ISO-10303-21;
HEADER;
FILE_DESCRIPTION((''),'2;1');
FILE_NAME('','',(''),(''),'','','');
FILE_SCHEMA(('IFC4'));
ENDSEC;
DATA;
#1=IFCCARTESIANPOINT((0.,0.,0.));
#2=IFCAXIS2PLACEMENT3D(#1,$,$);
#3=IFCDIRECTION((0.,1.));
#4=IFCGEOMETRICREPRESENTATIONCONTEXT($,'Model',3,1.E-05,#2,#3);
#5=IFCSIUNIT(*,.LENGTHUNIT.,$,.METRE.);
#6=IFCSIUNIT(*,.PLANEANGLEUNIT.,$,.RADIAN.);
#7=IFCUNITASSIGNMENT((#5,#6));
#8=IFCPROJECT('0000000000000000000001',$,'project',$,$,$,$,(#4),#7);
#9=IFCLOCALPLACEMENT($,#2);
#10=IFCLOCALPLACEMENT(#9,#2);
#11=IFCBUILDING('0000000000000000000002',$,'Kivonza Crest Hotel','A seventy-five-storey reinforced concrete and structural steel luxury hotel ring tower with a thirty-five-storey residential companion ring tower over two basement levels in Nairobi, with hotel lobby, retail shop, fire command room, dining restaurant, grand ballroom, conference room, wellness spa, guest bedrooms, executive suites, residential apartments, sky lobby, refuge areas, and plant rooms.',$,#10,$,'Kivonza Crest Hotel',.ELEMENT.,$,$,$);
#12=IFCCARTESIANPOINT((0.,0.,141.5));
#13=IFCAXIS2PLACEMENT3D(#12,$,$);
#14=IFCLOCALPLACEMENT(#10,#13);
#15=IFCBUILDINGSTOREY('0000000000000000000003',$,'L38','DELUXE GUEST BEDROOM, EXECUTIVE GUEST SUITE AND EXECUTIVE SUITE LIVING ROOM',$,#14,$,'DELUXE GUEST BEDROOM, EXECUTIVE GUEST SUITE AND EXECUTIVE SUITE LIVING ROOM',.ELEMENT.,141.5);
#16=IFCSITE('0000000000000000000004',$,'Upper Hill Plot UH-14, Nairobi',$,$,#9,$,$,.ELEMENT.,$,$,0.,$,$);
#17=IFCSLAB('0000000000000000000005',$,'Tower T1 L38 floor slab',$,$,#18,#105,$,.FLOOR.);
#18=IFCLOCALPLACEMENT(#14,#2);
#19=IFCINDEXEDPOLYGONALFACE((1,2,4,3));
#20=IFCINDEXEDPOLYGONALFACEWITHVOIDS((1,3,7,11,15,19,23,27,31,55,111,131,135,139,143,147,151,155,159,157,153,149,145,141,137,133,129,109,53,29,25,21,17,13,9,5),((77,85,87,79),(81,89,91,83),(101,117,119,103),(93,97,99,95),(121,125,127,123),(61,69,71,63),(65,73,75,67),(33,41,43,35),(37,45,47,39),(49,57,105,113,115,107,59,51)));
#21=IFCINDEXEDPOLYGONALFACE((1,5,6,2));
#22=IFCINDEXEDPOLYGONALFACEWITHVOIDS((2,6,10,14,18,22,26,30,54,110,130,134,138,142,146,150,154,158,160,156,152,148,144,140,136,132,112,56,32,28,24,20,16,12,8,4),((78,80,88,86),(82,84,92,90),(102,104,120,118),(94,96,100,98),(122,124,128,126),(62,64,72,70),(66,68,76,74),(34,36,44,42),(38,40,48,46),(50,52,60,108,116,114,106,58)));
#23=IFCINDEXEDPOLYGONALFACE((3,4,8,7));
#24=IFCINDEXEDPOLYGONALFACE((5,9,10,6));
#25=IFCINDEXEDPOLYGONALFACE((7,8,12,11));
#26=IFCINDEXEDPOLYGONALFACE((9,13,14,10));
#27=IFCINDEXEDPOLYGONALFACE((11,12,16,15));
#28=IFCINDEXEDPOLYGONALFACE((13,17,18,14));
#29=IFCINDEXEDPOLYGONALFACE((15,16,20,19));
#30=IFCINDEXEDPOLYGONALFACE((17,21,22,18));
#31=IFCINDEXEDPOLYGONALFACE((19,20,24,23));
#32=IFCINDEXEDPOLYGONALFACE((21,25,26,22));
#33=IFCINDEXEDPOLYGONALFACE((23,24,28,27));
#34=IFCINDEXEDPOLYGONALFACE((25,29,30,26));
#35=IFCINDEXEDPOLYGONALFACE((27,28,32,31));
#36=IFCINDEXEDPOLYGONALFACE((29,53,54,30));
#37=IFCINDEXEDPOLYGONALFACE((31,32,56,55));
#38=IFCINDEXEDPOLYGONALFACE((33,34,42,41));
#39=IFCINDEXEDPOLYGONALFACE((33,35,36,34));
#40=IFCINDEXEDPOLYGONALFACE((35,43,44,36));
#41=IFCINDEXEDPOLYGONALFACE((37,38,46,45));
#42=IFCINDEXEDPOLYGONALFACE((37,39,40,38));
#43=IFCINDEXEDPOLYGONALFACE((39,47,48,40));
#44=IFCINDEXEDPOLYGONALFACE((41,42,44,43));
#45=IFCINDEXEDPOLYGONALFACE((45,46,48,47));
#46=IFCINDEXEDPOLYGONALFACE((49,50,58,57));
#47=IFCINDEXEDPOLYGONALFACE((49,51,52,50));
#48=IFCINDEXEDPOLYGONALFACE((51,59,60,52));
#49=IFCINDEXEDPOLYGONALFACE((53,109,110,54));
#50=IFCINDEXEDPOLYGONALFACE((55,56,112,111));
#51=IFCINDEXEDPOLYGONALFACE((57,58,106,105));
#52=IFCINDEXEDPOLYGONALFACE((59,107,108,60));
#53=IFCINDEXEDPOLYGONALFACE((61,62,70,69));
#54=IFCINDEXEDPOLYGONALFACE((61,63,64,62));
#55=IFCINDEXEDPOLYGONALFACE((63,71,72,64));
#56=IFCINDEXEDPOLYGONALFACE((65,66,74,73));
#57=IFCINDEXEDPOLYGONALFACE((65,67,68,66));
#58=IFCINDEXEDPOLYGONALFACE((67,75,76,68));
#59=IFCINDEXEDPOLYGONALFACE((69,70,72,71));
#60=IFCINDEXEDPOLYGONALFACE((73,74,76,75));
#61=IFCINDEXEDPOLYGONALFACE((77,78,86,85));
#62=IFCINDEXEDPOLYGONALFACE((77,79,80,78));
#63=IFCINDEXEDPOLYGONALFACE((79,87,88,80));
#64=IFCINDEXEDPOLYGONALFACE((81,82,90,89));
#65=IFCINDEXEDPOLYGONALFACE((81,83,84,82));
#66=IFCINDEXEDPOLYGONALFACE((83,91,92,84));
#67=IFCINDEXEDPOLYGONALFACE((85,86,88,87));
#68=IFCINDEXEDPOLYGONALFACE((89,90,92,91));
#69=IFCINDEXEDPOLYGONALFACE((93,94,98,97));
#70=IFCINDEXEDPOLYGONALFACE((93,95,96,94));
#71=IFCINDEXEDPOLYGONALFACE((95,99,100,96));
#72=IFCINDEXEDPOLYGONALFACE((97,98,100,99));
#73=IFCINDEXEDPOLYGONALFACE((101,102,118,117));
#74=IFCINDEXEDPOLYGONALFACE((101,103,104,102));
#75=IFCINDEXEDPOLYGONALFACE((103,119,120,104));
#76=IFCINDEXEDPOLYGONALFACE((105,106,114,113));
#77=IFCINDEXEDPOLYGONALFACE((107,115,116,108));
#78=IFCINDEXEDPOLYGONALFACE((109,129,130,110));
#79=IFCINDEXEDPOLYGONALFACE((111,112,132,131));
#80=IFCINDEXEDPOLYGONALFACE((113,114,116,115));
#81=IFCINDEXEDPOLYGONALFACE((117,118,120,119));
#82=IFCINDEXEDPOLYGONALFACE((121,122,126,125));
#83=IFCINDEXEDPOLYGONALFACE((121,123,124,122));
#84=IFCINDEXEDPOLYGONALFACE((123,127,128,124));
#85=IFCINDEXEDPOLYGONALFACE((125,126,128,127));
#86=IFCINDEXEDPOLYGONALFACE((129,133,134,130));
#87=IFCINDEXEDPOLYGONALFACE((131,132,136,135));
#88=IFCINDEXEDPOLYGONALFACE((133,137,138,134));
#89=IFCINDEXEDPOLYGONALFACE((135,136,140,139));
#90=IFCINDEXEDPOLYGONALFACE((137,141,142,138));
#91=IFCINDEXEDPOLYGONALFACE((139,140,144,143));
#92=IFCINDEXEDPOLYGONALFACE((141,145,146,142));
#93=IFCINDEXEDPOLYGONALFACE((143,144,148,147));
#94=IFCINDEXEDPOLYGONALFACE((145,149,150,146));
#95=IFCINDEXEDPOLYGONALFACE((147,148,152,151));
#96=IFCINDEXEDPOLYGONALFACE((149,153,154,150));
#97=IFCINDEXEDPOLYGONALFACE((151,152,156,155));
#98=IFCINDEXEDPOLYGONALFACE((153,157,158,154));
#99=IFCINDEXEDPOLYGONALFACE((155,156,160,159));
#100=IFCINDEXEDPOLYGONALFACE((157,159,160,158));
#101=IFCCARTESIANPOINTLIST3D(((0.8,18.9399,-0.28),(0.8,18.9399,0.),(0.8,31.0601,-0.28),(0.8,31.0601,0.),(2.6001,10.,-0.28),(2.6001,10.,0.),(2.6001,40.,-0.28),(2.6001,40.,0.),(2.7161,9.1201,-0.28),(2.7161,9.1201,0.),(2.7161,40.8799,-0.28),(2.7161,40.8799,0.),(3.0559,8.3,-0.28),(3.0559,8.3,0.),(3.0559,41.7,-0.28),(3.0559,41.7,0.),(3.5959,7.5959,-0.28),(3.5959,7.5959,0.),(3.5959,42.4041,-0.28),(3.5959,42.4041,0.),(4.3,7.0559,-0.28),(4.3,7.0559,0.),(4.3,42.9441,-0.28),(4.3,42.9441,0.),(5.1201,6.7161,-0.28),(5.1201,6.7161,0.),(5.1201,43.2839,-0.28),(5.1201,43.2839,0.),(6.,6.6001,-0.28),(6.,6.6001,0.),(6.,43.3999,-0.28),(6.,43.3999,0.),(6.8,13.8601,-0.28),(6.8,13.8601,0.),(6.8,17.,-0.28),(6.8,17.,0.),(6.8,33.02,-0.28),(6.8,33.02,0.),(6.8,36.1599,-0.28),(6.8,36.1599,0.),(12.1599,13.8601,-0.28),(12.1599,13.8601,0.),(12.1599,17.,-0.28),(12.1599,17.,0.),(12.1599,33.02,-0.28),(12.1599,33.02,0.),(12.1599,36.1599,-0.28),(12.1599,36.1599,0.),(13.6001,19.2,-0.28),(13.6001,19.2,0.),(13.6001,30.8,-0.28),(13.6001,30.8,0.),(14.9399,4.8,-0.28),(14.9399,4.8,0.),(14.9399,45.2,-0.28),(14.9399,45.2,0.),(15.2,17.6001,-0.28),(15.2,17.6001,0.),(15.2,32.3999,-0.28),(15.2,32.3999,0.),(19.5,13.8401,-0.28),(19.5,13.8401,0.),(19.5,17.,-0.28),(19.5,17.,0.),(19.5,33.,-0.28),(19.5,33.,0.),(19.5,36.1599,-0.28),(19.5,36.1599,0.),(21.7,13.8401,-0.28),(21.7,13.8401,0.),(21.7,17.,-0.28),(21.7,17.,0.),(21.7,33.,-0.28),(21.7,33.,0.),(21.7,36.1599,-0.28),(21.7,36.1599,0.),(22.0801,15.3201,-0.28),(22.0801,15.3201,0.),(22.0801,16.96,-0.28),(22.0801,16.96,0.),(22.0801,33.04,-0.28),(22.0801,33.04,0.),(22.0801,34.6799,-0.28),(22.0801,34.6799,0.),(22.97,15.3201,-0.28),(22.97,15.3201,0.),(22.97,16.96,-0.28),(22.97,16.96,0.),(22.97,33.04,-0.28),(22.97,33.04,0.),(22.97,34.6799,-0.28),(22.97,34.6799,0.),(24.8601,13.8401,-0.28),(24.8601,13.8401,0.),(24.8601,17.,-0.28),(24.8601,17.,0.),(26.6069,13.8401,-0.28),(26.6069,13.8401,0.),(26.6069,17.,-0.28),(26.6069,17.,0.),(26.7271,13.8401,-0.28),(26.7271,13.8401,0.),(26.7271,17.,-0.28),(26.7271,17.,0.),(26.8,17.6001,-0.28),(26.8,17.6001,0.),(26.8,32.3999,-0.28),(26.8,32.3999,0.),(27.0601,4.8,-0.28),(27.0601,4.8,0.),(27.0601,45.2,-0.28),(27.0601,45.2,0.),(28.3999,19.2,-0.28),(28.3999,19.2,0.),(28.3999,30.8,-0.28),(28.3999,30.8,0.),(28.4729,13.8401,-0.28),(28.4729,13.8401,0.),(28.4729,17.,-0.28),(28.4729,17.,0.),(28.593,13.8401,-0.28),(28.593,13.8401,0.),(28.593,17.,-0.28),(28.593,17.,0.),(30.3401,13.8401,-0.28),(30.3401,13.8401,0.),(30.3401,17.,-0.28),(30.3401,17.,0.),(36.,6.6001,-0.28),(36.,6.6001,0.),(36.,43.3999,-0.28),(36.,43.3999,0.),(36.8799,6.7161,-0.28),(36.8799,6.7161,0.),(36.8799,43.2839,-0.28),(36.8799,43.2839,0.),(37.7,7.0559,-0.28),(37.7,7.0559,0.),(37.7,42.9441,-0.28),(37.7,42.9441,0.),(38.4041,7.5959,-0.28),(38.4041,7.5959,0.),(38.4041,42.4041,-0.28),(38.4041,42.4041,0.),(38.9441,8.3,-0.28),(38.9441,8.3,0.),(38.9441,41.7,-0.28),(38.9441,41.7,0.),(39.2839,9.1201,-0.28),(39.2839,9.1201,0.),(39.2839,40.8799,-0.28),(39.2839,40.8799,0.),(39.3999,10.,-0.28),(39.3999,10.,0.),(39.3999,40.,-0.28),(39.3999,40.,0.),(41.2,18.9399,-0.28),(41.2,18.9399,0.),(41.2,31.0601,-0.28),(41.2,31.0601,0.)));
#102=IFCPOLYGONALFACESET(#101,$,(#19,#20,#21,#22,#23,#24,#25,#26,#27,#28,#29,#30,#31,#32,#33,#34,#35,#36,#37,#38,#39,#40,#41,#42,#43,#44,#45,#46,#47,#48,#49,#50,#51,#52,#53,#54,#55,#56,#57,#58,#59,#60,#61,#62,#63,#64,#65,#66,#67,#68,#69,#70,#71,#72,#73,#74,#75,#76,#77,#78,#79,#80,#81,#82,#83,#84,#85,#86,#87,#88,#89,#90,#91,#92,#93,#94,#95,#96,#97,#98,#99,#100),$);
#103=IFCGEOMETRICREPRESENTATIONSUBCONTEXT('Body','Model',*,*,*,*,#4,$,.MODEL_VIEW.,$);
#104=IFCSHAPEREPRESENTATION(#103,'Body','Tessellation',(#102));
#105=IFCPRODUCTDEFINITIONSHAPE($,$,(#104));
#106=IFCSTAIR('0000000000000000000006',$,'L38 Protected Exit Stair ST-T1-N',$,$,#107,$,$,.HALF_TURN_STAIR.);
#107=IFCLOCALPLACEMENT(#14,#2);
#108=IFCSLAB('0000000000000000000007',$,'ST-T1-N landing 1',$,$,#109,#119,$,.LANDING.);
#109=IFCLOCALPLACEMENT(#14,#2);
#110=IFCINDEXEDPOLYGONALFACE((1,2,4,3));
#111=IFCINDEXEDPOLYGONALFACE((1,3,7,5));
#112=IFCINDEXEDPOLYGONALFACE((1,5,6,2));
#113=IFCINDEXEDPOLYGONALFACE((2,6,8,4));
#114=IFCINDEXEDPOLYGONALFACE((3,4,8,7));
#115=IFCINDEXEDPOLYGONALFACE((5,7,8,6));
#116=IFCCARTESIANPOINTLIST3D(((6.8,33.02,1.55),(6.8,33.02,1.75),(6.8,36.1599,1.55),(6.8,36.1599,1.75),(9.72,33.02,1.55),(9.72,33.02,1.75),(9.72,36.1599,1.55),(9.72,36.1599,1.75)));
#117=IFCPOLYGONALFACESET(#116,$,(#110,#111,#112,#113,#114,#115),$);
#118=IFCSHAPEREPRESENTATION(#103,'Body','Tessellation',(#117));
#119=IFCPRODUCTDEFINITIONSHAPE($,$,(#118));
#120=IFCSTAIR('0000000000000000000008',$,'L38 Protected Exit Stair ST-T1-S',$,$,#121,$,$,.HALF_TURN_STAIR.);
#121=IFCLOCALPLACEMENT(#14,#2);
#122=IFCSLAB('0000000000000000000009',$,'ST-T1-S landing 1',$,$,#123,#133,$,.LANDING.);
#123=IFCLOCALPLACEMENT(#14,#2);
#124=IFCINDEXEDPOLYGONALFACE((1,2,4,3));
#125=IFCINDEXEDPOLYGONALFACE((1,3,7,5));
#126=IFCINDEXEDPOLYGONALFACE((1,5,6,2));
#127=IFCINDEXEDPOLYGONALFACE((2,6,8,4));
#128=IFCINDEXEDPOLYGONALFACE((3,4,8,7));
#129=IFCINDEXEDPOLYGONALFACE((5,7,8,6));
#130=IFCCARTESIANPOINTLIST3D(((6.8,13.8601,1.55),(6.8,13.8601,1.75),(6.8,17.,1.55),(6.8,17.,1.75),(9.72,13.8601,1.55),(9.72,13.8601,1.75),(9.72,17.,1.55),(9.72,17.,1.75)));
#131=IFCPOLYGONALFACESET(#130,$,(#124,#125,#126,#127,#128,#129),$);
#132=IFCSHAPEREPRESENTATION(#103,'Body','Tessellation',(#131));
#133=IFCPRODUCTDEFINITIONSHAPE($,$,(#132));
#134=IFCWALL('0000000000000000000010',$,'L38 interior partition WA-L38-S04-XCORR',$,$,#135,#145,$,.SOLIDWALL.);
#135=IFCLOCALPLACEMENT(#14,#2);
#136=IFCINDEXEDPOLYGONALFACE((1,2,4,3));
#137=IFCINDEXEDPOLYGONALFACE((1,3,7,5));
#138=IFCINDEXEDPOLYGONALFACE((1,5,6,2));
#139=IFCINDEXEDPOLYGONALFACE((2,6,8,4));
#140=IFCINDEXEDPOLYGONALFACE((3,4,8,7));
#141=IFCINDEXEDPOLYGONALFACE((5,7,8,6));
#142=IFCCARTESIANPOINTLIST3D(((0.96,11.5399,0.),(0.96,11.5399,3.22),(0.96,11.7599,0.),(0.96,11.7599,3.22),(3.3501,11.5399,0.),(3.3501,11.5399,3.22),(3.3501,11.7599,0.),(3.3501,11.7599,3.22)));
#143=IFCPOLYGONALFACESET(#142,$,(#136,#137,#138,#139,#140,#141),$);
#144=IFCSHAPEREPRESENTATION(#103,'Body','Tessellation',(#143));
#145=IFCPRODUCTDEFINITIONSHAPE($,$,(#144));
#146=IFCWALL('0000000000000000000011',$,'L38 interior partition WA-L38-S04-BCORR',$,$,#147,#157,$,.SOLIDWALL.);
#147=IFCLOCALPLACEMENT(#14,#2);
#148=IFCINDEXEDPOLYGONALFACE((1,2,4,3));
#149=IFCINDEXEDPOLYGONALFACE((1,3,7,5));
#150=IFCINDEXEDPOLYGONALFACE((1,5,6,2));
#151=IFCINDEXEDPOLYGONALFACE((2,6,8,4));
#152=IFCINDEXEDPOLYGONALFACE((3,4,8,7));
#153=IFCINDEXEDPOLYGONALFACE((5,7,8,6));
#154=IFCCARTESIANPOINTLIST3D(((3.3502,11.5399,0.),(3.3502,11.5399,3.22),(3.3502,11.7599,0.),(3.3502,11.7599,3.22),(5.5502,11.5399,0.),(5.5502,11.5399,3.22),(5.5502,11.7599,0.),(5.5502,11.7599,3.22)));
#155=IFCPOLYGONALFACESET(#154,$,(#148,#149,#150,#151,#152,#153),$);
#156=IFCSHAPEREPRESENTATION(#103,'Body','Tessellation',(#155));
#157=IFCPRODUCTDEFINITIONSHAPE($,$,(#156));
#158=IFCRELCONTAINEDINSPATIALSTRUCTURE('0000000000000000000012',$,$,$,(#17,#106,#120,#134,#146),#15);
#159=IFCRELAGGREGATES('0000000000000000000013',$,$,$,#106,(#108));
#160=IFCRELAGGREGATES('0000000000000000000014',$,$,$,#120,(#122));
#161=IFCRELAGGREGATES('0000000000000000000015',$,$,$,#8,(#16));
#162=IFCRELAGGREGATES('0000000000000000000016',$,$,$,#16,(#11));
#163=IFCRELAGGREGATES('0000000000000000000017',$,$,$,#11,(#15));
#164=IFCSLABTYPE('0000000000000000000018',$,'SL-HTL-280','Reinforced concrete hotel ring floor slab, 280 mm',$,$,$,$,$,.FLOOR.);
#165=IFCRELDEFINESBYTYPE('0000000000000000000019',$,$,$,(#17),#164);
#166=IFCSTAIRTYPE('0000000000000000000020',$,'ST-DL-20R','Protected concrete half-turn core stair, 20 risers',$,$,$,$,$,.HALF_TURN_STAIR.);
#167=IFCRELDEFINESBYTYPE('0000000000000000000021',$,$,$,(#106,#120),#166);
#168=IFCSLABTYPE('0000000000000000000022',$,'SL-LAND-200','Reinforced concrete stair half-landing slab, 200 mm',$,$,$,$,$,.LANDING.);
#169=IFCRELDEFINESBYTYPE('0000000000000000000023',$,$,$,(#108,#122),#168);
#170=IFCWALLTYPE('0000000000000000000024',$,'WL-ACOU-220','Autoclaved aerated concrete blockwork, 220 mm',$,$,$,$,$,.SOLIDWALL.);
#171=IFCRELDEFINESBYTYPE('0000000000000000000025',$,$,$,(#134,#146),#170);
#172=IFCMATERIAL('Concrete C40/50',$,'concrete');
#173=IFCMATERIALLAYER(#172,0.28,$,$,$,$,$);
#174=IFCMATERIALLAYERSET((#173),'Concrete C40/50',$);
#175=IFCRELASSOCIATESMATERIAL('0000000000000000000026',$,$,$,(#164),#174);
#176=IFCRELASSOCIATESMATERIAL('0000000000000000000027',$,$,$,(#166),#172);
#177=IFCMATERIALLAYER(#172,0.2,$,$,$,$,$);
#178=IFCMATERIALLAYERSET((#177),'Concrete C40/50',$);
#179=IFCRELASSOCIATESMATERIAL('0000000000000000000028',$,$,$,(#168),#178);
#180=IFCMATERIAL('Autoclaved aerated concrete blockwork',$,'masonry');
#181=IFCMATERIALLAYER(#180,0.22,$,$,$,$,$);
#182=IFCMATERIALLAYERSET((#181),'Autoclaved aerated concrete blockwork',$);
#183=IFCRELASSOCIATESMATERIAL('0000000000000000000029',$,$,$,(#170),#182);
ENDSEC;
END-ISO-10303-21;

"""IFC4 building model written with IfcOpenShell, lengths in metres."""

from ifc_helpers import new_model, si_unit, direction, frame, frame_2d, origin, place, context, subcontext, project, spatial, polyline, rectangle, outline, extrude, material, layer, layer_set, type_object, element, aggregate, save


model = new_model("IFC4")

# Units and contexts
model_context = context("Model", 3, precision=1e-05, world=origin(), true_north=direction((0.0, 1.0)))
body_context = subcontext(model_context, "Body", "Model", "MODEL_VIEW")
ifc_project = project(units=[si_unit("LENGTHUNIT", "METRE"), si_unit("PLANEANGLEUNIT", "RADIAN")], contexts=[model_context])

# Site, building, storey
site_placement = place(None, origin())
site = spatial("IfcSite", under=ifc_project, at=site_placement, Name="Upper Hill Plot UH-14, Nairobi", CompositionType="ELEMENT", RefElevation=0.0)
building_placement = place(site_placement, origin())
building = spatial("IfcBuilding", under=site, at=building_placement, Name="Kivonza Crest Hotel", Description="A seventy-five-storey reinforced concrete and structural steel luxury hotel ring tower with a thirty-five-storey residential companion ring tower over two basement levels in Nairobi, with hotel lobby, retail shop, fire command room, dining restaurant, grand ballroom, conference room, wellness spa, guest bedrooms, executive suites, residential apartments, sky lobby, refuge areas, and plant rooms.", LongName="Kivonza Crest Hotel", CompositionType="ELEMENT")
storey_placement = place(building_placement, frame((0.0, 0.0, 141.5)))
storey = spatial("IfcBuildingStorey", under=building, at=storey_placement, Name="L38", Description="DELUXE GUEST BEDROOM, EXECUTIVE GUEST SUITE AND EXECUTIVE SUITE LIVING ROOM", LongName="DELUXE GUEST BEDROOM, EXECUTIVE GUEST SUITE AND EXECUTIVE SUITE LIVING ROOM", CompositionType="ELEMENT", Elevation=141.5)

# Slab
ifc_material_1 = material(Name="Concrete C40/50", Category="concrete")
ifc_layer_1 = layer(ifc_material_1, 0.28)
ifc_layer_set_1 = layer_set([ifc_layer_1], Name="Concrete C40/50")
slab_type_1 = type_object("IfcSlabType", Name="SL-HTL-280", Description="Reinforced concrete hotel ring floor slab, 280 mm", PredefinedType="FLOOR", material=ifc_layer_set_1)
slab_1_placement = place(storey_placement, frame((0.0, 0.0, -0.28)))
element("IfcSlab", 1, at=slab_1_placement, inside=storey, type_object=slab_type_1, Name="Tower T1 L38 floor slab", PredefinedType="FLOOR", context=body_context, shape_type="SweptSolid", body=[
    extrude(outline(polyline([(2.6001, 10.0), (2.7161, 9.1201), (3.0559, 8.3), (3.5959, 7.5959), (4.3, 7.0559), (5.1201, 6.7161), (6.0, 6.6001), (14.9399, 4.8), (27.0601, 4.8), (36.0, 6.6001), (36.8799, 6.7161), (37.7, 7.0559), (38.4041, 7.5959), (38.9441, 8.3), (39.2839, 9.1201), (39.3999, 10.0), (41.2, 18.9399), (41.2, 31.0601), (39.3999, 40.0), (39.2839, 40.8799), (38.9441, 41.7), (38.4041, 42.4041), (37.7, 42.9441), (36.8799, 43.2839), (36.0, 43.3999), (27.0601, 45.2), (14.9399, 45.2), (6.0, 43.3999), (5.1201, 43.2839), (4.3, 42.9441), (3.5959, 42.4041), (3.0559, 41.7), (2.7161, 40.8799), (2.6001, 40.0), (0.8, 31.0601), (0.8, 18.9399), (2.6001, 10.0)]), holes=[polyline([(15.2, 17.6001), (26.8, 17.6001), (28.3999, 19.2), (28.3999, 30.8), (26.8, 32.3999), (15.2, 32.3999), (13.6001, 30.8), (13.6001, 19.2), (15.2, 17.6001)]), polyline([(6.8, 33.02), (12.1599, 33.02), (12.1599, 36.1599), (6.8, 36.1599), (6.8, 33.02)]), polyline([(6.8, 13.8601), (12.1599, 13.8601), (12.1599, 17.0), (6.8, 17.0), (6.8, 13.8601)]), polyline([(22.0801, 33.04), (22.97, 33.04), (22.97, 34.6799), (22.0801, 34.6799), (22.0801, 33.04)]), polyline([(22.0801, 15.3201), (22.97, 15.3201), (22.97, 16.96), (22.0801, 16.96), (22.0801, 15.3201)]), polyline([(19.5, 33.0), (21.7, 33.0), (21.7, 36.1599), (19.5, 36.1599), (19.5, 33.0)]), polyline([(19.5, 13.8401), (21.7, 13.8401), (21.7, 17.0), (19.5, 17.0), (19.5, 13.8401)]), polyline([(24.8601, 13.8401), (26.6069, 13.8401), (26.6069, 17.0), (24.8601, 17.0), (24.8601, 13.8401)]), polyline([(26.7271, 13.8401), (28.4729, 13.8401), (28.4729, 17.0), (26.7271, 17.0), (26.7271, 13.8401)]), polyline([(28.593, 13.8401), (30.3401, 13.8401), (30.3401, 17.0), (28.593, 17.0), (28.593, 13.8401)])]), origin(), (0.0, 0.0, 1.0), 0.28),
])

# Stairs, slabs
stair_type = type_object("IfcStairType", Name="ST-DL-20R", Description="Protected concrete half-turn core stair, 20 risers", PredefinedType="HALF_TURN_STAIR", material=ifc_material_1)
stair_1_placement = place(storey_placement, origin())
stair_1 = element("IfcStair", 2, at=stair_1_placement, inside=storey, type_object=stair_type, Name="L38 Protected Exit Stair ST-T1-N", PredefinedType="HALF_TURN_STAIR")
ifc_layer_2 = layer(ifc_material_1, 0.2)
ifc_layer_set_2 = layer_set([ifc_layer_2], Name="Concrete C40/50")
slab_type_2 = type_object("IfcSlabType", Name="SL-LAND-200", Description="Reinforced concrete stair half-landing slab, 200 mm", PredefinedType="LANDING", material=ifc_layer_set_2)
slab_2_placement = place(storey_placement, frame((0.0, 0.0, 1.55)))
slab_2 = element("IfcSlab", 3, at=slab_2_placement, type_object=slab_type_2, Name="ST-T1-N landing 1", PredefinedType="LANDING", context=body_context, shape_type="SweptSolid", body=[
    extrude(outline(polyline([(9.72, 36.1599), (6.8, 36.1599), (6.8, 33.02), (9.72, 33.02), (9.72, 36.1599)])), origin(), (0.0, 0.0, 1.0), 0.2),
])
aggregate(stair_1, [slab_2])
stair_2_placement = place(storey_placement, origin())
stair_2 = element("IfcStair", 4, at=stair_2_placement, inside=storey, type_object=stair_type, Name="L38 Protected Exit Stair ST-T1-S", PredefinedType="HALF_TURN_STAIR")
slab_3_placement = place(storey_placement, frame((0.0, 0.0, 1.55)))
slab_3 = element("IfcSlab", 5, at=slab_3_placement, type_object=slab_type_2, Name="ST-T1-S landing 1", PredefinedType="LANDING", context=body_context, shape_type="SweptSolid", body=[
    extrude(outline(polyline([(9.72, 17.0), (6.8, 17.0), (6.8, 13.8601), (9.72, 13.8601), (9.72, 17.0)])), origin(), (0.0, 0.0, 1.0), 0.2),
])
aggregate(stair_2, [slab_3])

# Walls
ifc_material_2 = material(Name="Autoclaved aerated concrete blockwork", Category="masonry")
ifc_layer_3 = layer(ifc_material_2, 0.22)
ifc_layer_set_3 = layer_set([ifc_layer_3], Name="Autoclaved aerated concrete blockwork")
wall_type_1 = type_object("IfcWallType", Name="WL-ACOU-220", Description="Autoclaved aerated concrete blockwork, 220 mm", PredefinedType="SOLIDWALL", material=ifc_layer_set_3)
wall_1_placement = place(storey_placement, frame((0.96, 11.6499, 0.0), z_axis=(0.0, 0.0, 1.0), x_axis=(1.0, 0.0, 0.0)))
element("IfcWall", 6, at=wall_1_placement, inside=storey, type_object=wall_type_1, Name="L38 interior partition WA-L38-S04-XCORR", PredefinedType="SOLIDWALL", context=body_context, shape_type="SweptSolid", body=[
    extrude(rectangle(XDim=2.3901, YDim=0.22, at=frame_2d((1.1951, 0.0))), origin(), (0.0, 0.0, 1.0), 3.22),
])
wall_2_placement = place(storey_placement, frame((3.3501, 11.6499, 0.0), z_axis=(0.0, 0.0, 1.0), x_axis=(1.0, 0.0, 0.0)))
element("IfcWall", 7, at=wall_2_placement, inside=storey, type_object=wall_type_1, Name="L38 interior partition WA-L38-S04-BCORR", PredefinedType="SOLIDWALL", context=body_context, shape_type="SweptSolid", body=[
    extrude(rectangle(XDim=2.2, YDim=0.22, at=frame_2d((1.1001, 0.0))), origin(), (0.0, 0.0, 1.0), 3.22),
])

save(model, "model.ifc")
